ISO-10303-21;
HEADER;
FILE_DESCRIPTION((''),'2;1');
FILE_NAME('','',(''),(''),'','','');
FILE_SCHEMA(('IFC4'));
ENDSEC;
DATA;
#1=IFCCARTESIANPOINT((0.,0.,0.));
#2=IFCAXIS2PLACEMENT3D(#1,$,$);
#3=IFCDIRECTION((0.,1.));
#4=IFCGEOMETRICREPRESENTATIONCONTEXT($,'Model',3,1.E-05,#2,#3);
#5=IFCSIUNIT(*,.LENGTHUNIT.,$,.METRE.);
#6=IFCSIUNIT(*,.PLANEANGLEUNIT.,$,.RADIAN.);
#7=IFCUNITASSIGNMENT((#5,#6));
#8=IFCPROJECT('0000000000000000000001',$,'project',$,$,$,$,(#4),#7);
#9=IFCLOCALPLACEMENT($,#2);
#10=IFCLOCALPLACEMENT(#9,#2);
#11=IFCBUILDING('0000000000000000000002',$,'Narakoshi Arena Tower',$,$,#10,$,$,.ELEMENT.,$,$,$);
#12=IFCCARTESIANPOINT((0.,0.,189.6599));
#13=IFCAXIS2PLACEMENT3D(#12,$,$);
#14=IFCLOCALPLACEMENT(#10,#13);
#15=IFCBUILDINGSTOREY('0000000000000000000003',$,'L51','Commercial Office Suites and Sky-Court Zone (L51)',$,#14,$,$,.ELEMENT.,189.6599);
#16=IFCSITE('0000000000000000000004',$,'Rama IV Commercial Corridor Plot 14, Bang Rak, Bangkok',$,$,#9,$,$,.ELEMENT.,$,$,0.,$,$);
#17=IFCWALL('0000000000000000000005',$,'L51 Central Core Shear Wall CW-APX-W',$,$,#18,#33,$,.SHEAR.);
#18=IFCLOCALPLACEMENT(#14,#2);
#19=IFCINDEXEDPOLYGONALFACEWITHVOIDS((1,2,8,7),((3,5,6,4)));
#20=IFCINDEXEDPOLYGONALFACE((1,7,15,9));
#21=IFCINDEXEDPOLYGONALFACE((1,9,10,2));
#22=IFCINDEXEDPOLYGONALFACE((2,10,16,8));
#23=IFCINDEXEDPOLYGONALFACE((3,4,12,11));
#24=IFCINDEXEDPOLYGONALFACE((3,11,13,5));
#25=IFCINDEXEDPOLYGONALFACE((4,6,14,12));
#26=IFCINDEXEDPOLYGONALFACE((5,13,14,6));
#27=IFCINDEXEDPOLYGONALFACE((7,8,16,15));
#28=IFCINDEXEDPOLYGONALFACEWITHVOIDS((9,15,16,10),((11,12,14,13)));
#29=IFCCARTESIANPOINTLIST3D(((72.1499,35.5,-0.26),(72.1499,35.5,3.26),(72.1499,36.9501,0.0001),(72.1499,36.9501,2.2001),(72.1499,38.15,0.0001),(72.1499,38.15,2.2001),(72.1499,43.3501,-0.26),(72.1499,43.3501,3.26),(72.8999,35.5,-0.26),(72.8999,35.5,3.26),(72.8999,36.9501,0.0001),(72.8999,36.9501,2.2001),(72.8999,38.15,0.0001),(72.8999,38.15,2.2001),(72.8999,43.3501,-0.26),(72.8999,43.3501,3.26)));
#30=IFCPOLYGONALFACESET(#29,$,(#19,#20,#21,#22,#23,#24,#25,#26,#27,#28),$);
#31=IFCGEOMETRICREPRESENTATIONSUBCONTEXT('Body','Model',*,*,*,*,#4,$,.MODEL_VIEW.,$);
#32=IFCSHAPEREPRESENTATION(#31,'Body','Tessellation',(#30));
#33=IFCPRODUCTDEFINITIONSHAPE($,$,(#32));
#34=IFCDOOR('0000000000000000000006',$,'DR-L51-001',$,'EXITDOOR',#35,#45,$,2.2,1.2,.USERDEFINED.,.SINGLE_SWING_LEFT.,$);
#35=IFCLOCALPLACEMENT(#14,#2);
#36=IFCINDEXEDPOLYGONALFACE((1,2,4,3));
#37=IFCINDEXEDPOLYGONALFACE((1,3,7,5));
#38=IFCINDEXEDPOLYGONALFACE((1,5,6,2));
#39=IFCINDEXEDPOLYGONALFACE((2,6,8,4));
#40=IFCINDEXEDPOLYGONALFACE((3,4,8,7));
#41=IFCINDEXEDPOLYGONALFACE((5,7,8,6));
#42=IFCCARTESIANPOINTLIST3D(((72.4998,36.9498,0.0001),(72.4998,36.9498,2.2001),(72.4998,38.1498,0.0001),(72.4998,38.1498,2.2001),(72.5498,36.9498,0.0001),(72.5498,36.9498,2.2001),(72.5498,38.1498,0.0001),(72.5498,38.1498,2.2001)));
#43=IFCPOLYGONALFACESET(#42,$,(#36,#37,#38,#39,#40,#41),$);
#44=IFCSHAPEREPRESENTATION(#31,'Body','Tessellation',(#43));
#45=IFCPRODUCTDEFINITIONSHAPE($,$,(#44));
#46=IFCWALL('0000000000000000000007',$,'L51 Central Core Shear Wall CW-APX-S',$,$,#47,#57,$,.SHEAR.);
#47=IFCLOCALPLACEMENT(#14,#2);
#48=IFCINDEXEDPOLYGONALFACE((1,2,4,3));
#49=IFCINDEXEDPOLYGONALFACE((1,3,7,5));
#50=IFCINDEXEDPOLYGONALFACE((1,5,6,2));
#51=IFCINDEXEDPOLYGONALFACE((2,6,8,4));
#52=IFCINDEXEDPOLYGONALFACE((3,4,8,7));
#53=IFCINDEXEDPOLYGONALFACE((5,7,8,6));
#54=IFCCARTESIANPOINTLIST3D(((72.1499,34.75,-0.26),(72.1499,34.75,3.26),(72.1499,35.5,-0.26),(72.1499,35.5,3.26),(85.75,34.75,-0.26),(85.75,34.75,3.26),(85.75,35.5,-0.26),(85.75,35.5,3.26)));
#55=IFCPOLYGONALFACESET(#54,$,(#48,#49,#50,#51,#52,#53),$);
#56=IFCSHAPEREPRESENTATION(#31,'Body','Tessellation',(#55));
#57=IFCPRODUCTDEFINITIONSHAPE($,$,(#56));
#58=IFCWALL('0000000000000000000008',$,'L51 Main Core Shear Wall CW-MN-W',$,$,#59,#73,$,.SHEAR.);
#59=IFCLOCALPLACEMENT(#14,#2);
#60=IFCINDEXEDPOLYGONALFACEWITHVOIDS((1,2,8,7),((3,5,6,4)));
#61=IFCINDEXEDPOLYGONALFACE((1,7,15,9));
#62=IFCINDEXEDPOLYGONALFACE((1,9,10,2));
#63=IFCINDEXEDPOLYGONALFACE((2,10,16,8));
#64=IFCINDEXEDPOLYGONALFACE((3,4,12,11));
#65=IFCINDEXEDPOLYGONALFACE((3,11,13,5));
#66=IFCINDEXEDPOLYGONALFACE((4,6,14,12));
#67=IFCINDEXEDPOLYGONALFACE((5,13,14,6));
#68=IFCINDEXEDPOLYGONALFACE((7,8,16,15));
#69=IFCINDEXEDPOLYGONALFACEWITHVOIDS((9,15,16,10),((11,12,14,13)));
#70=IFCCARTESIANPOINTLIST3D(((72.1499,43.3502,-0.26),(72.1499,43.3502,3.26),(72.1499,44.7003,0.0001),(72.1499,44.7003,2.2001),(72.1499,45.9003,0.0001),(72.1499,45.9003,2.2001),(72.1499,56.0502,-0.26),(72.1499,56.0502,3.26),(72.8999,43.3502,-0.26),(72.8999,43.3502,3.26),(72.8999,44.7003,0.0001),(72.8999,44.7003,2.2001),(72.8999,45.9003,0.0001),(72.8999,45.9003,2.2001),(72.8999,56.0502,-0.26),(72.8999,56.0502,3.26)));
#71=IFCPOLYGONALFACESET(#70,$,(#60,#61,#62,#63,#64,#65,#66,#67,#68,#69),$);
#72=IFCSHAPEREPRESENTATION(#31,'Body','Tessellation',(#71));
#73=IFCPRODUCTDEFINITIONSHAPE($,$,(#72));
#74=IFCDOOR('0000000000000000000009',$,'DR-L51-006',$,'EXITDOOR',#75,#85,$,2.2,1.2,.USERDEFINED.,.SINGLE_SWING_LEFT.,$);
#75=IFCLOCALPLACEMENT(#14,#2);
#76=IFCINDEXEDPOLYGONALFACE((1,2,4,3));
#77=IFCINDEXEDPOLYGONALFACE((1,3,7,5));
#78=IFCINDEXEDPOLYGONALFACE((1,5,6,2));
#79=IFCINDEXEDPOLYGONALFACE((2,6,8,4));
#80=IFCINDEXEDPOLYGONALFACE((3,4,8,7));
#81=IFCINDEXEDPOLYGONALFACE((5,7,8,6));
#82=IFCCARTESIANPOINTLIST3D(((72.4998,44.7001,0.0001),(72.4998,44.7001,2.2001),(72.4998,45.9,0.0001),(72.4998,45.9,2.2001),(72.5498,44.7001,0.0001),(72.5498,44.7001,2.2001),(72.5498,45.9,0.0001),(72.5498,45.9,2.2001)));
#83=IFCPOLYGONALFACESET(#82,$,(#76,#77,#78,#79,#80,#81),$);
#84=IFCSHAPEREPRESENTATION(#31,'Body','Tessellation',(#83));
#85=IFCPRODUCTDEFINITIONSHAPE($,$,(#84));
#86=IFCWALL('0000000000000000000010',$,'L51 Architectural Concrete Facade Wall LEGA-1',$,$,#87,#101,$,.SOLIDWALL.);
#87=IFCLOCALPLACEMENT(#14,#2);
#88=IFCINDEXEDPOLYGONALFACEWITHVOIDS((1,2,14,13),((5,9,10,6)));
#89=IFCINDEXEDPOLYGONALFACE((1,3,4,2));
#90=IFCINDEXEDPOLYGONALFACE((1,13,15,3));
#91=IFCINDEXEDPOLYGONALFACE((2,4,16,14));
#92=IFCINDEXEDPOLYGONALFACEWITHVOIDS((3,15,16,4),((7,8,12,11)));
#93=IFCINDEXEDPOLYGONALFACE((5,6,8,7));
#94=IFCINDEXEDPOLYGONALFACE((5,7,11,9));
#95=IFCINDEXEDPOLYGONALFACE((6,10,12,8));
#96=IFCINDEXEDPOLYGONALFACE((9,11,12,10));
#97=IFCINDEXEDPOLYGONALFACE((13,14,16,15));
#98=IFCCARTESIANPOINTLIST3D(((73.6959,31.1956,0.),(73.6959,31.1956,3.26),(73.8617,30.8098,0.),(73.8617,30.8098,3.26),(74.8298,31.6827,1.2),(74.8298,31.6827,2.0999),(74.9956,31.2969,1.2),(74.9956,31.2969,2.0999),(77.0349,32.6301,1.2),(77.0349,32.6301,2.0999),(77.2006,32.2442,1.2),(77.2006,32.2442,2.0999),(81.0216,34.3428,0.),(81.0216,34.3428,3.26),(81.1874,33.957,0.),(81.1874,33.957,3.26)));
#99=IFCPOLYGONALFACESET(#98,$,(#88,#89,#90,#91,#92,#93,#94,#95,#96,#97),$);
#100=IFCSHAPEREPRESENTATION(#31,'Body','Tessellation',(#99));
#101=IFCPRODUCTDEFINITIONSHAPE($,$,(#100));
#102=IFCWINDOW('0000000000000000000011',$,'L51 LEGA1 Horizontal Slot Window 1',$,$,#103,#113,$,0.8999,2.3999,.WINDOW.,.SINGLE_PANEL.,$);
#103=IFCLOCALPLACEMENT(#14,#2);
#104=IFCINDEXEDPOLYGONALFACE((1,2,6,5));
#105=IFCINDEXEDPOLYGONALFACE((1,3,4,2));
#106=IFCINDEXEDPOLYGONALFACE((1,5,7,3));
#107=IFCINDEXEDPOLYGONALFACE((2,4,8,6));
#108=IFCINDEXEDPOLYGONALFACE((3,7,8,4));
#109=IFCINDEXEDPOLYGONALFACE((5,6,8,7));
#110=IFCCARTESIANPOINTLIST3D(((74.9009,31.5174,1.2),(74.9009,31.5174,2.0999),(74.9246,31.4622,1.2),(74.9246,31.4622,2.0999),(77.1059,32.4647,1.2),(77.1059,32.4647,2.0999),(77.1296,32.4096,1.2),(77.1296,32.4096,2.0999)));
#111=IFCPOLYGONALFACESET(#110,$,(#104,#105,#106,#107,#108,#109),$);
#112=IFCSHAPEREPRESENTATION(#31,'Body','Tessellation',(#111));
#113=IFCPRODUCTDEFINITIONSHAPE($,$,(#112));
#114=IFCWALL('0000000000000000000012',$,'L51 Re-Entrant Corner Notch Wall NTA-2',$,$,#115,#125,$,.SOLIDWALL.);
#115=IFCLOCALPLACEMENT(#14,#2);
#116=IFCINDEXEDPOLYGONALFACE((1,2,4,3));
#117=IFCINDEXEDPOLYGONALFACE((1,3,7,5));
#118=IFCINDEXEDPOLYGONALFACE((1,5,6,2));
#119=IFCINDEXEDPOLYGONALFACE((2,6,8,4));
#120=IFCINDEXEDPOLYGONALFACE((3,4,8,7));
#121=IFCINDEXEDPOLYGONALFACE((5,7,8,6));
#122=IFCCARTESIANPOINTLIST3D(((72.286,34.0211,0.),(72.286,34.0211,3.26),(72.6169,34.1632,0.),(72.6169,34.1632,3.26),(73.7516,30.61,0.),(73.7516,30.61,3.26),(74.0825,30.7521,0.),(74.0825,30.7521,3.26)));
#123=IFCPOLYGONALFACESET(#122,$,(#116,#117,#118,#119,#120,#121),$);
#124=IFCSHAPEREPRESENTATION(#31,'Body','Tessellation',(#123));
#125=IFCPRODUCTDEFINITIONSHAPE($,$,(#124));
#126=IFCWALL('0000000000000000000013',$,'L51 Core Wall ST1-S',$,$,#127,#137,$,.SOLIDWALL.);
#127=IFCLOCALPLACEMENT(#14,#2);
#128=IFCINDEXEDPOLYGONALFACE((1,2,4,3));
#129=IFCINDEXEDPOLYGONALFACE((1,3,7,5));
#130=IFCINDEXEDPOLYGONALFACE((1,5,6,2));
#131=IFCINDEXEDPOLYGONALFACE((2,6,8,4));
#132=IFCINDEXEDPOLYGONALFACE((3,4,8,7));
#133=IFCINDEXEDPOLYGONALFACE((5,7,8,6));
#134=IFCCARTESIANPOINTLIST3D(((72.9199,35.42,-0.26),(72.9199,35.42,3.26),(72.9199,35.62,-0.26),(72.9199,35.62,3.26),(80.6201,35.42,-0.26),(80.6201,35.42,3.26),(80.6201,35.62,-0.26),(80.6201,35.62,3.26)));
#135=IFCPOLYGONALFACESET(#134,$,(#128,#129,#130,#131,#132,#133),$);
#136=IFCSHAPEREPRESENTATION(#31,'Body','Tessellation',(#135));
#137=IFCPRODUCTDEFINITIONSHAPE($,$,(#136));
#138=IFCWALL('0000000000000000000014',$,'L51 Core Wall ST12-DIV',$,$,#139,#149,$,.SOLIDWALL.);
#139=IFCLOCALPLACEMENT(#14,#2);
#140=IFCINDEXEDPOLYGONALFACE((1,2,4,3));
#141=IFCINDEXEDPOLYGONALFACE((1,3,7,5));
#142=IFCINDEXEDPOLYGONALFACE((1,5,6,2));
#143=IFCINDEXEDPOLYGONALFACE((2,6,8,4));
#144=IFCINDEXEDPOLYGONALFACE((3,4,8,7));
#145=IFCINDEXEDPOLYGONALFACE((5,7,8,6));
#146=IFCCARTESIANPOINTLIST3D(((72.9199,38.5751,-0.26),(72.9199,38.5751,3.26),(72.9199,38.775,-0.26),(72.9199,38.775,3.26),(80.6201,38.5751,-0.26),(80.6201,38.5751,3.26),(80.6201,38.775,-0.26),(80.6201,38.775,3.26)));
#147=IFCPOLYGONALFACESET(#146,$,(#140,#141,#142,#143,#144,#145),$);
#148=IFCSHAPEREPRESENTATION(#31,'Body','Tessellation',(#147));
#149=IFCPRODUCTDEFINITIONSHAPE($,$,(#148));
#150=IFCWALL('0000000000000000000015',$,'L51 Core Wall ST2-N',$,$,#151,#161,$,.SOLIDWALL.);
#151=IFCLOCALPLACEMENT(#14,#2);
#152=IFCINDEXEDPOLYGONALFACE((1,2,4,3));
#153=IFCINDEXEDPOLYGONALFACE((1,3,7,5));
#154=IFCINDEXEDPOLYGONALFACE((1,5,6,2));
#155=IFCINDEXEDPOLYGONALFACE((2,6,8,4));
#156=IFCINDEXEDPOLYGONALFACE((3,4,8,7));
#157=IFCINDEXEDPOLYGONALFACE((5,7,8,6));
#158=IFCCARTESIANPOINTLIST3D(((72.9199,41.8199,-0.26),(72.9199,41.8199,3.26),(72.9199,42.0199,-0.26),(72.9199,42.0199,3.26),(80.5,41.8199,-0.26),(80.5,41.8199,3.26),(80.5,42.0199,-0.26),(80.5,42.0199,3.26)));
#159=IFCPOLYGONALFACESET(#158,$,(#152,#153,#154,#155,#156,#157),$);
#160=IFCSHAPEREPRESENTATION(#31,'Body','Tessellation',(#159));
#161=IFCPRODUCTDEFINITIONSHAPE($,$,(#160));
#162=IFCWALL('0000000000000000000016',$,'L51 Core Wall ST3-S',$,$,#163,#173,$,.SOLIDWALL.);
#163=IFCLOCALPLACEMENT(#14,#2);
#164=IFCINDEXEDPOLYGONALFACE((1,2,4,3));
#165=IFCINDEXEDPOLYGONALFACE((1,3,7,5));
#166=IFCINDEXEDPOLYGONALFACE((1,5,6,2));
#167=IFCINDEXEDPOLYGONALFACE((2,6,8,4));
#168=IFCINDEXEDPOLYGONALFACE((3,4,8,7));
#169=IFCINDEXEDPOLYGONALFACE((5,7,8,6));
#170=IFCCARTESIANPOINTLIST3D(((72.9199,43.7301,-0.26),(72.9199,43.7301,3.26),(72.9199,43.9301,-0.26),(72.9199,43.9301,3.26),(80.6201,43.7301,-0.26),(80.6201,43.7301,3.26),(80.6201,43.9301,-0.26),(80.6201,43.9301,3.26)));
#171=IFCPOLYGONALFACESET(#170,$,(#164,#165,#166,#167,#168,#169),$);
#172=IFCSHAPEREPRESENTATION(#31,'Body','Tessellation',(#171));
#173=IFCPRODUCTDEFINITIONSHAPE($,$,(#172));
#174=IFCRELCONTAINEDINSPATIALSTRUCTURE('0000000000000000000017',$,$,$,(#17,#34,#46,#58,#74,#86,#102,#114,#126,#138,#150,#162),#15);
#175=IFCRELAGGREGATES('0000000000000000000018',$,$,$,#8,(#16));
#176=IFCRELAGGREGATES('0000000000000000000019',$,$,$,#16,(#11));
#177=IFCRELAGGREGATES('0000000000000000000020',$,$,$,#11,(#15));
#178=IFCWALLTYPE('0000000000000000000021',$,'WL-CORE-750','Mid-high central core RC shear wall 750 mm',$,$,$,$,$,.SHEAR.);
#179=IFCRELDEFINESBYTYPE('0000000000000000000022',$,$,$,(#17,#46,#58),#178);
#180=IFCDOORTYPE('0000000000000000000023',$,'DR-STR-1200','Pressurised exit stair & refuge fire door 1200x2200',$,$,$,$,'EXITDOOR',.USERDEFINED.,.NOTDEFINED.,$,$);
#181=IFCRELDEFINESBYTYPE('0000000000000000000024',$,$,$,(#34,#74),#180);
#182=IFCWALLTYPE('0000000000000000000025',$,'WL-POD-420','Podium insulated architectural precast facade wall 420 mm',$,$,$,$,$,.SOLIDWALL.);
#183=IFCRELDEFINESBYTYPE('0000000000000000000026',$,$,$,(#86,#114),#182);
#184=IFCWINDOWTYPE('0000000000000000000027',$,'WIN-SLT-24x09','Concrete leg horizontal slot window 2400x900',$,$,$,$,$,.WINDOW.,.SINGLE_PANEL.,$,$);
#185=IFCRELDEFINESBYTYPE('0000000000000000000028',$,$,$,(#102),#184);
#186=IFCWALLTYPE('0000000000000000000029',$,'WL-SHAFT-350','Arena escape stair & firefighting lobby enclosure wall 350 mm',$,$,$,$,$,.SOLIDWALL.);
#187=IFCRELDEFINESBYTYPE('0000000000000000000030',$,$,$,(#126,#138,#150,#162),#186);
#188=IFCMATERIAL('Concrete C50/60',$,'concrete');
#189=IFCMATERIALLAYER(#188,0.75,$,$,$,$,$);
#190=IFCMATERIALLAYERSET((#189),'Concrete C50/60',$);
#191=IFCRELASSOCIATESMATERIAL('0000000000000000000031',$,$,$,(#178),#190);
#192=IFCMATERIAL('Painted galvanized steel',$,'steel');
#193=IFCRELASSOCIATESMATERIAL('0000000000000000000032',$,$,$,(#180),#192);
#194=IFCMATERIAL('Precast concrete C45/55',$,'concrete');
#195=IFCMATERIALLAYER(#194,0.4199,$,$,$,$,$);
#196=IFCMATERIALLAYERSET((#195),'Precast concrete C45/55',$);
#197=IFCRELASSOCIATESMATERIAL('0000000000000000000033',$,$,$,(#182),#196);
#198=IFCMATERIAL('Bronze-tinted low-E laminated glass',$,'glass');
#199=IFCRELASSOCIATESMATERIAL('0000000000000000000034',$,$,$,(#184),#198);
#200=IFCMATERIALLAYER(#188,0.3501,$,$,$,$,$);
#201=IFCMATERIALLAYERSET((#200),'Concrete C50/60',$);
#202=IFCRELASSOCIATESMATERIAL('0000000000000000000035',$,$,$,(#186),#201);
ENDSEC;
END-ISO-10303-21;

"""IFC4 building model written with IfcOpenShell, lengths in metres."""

from ifc_helpers import new_model, si_unit, direction, frame, frame_2d, origin, place, context, subcontext, project, spatial, rectangle, extrude, material, layer, layer_set, type_object, element, fill, save


model = new_model("IFC4")

# Units and contexts
model_context = context("Model", 3, precision=1e-05, world=origin(), true_north=direction((0.0, 1.0)))
body_context = subcontext(model_context, "Body", "Model", "MODEL_VIEW")
ifc_project = project(units=[si_unit("LENGTHUNIT", "METRE"), si_unit("PLANEANGLEUNIT", "RADIAN")], contexts=[model_context])

# Site, building, storey
site_placement = place(None, origin())
site = spatial("IfcSite", under=ifc_project, at=site_placement, Name="Rama IV Commercial Corridor Plot 14, Bang Rak, Bangkok", CompositionType="ELEMENT", RefElevation=0.0)
building_placement = place(site_placement, origin())
building = spatial("IfcBuilding", under=site, at=building_placement, Name="Narakoshi Arena Tower", CompositionType="ELEMENT")
storey_placement = place(building_placement, frame((0.0, 0.0, 189.6599)))
storey = spatial("IfcBuildingStorey", under=building, at=storey_placement, Name="L51", Description="Commercial Office Suites and Sky-Court Zone (L51)", CompositionType="ELEMENT", Elevation=189.6599)

# Wall, opening, door
ifc_material_1 = material(Name="Concrete C50/60", Category="concrete")
ifc_layer_1 = layer(ifc_material_1, 0.75)
ifc_layer_set_1 = layer_set([ifc_layer_1], Name="Concrete C50/60")
wall_type_1 = type_object("IfcWallType", Name="WL-CORE-750", Description="Mid-high central core RC shear wall 750 mm", PredefinedType="SHEAR", material=ifc_layer_set_1)
wall_1_placement = place(storey_placement, frame((72.5249, 35.5, -0.26), z_axis=(0.0, 0.0, 1.0), x_axis=(0.0, 1.0, 0.0)))
wall_1 = element("IfcWall", 1, at=wall_1_placement, inside=storey, type_object=wall_type_1, Name="L51 Central Core Shear Wall CW-APX-W", PredefinedType="SHEAR", context=body_context, shape_type="SweptSolid", body=[
    extrude(rectangle(XDim=7.8501, YDim=0.75, at=frame_2d((3.925, 0.0))), origin(), (0.0, 0.0, 1.0), 3.52),
])
opening_1_placement = place(wall_1_placement, frame((1.45, 0.0, 0.26)))
opening_1 = element("IfcOpeningElement", 2, at=opening_1_placement, cuts=wall_1, PredefinedType="OPENING", context=body_context, shape_type="SweptSolid", body=[
    extrude(rectangle(XDim=1.2, YDim=2.2, at=frame_2d((0.6001, 1.1001))), frame((0.0, 0.385, 0.0), z_axis=(0.0, -1.0, 0.0), x_axis=(1.0, 0.0, 0.0)), (0.0, 0.0, 1.0), 0.77),
])
ifc_material_2 = material(Name="Painted galvanized steel", Category="steel")
door_type = type_object("IfcDoorType", Name="DR-STR-1200", Description="Pressurised exit stair & refuge fire door 1200x2200", ElementType="EXITDOOR", OperationType="NOTDEFINED", PredefinedType="USERDEFINED", material=ifc_material_2)
door_1_placement = place(opening_1_placement, frame((1.2, 0.0, 0.0), z_axis=(0.0, 0.0, 1.0), x_axis=(-1.0, 0.0, 0.0)))
door_1 = element("IfcDoor", 3, at=door_1_placement, inside=storey, type_object=door_type, Name="DR-L51-001", ObjectType="EXITDOOR", OperationType="SINGLE_SWING_LEFT", OverallHeight=2.2, OverallWidth=1.2, PredefinedType="USERDEFINED", context=body_context, shape_type="SweptSolid", body=[
    extrude(rectangle(XDim=1.2, YDim=2.2, at=frame_2d((0.6001, 1.1001))), frame((0.0, 0.0249, 0.0), z_axis=(0.0, -1.0, 0.0), x_axis=(1.0, 0.0, 0.0)), (0.0, 0.0, 1.0), 0.05),
])
fill(opening_1, door_1)

# Wall
wall_2_placement = place(storey_placement, frame((72.1499, 35.125, -0.26), z_axis=(0.0, 0.0, 1.0), x_axis=(1.0, 0.0, 0.0)))
element("IfcWall", 4, at=wall_2_placement, inside=storey, type_object=wall_type_1, Name="L51 Central Core Shear Wall CW-APX-S", PredefinedType="SHEAR", context=body_context, shape_type="SweptSolid", body=[
    extrude(rectangle(XDim=13.6001, YDim=0.75, at=frame_2d((6.8, 0.0))), origin(), (0.0, 0.0, 1.0), 3.52),
])

# Wall, opening, door
wall_3_placement = place(storey_placement, frame((72.5249, 43.3501, -0.26), z_axis=(0.0, 0.0, 1.0), x_axis=(0.0, 1.0, 0.0)))
wall_3 = element("IfcWall", 5, at=wall_3_placement, inside=storey, type_object=wall_type_1, Name="L51 Main Core Shear Wall CW-MN-W", PredefinedType="SHEAR", context=body_context, shape_type="SweptSolid", body=[
    extrude(rectangle(XDim=12.7, YDim=0.75, at=frame_2d((6.3501, 0.0))), origin(), (0.0, 0.0, 1.0), 3.52),
])
opening_2_placement = place(wall_3_placement, frame((1.3501, 0.0, 0.26)))
opening_2 = element("IfcOpeningElement", 6, at=opening_2_placement, cuts=wall_3, PredefinedType="OPENING", context=body_context, shape_type="SweptSolid", body=[
    extrude(rectangle(XDim=1.2, YDim=2.2, at=frame_2d((0.6001, 1.1001))), frame((0.0, 0.385, 0.0), z_axis=(0.0, -1.0, 0.0), x_axis=(1.0, 0.0, 0.0)), (0.0, 0.0, 1.0), 0.77),
])
door_2_placement = place(opening_2_placement, frame((1.2, 0.0, 0.0), z_axis=(0.0, 0.0, 1.0), x_axis=(-1.0, 0.0, 0.0)))
door_2 = element("IfcDoor", 7, at=door_2_placement, inside=storey, type_object=door_type, Name="DR-L51-006", ObjectType="EXITDOOR", OperationType="SINGLE_SWING_LEFT", OverallHeight=2.2, OverallWidth=1.2, PredefinedType="USERDEFINED", context=body_context, shape_type="SweptSolid", body=[
    extrude(rectangle(XDim=1.2, YDim=2.2, at=frame_2d((0.6001, 1.1001))), frame((0.0, 0.0249, 0.0), z_axis=(0.0, -1.0, 0.0), x_axis=(1.0, 0.0, 0.0)), (0.0, 0.0, 1.0), 0.05),
])
fill(opening_2, door_2)

# Wall, opening, window
ifc_material_3 = material(Name="Precast concrete C45/55", Category="concrete")
ifc_layer_2 = layer(ifc_material_3, 0.4199)
ifc_layer_set_2 = layer_set([ifc_layer_2], Name="Precast concrete C45/55")
wall_type_2 = type_object("IfcWallType", Name="WL-POD-420", Description="Podium insulated architectural precast facade wall 420 mm", PredefinedType="SOLIDWALL", material=ifc_layer_set_2)
wall_4_placement = place(storey_placement, frame((73.7788, 31.0027, 0.0), z_axis=(0.0, 0.0, 1.0), x_axis=(0.918798, 0.394728, 0.0)))
wall_4 = element("IfcWall", 8, at=wall_4_placement, inside=storey, type_object=wall_type_2, Name="L51 Architectural Concrete Facade Wall LEGA-1", PredefinedType="SOLIDWALL", context=body_context, shape_type="SweptSolid", body=[
    extrude(rectangle(XDim=7.9731, YDim=0.4199, at=frame_2d((3.9866, 0.0))), origin(), (0.0, 0.0, 1.0), 3.26),
])
opening_3_placement = place(wall_4_placement, frame((1.2341, 0.0, 1.2)))
opening_3 = element("IfcOpeningElement", 9, at=opening_3_placement, cuts=wall_4, PredefinedType="OPENING", context=body_context, shape_type="SweptSolid", body=[
    extrude(rectangle(XDim=2.3999, YDim=0.8999, at=frame_2d((1.2, 0.45))), frame((0.0, 0.22, 0.0), z_axis=(0.0, -1.0, 0.0), x_axis=(1.0, 0.0, 0.0)), (0.0, 0.0, 1.0), 0.4399),
])
ifc_material_4 = material(Name="Bronze-tinted low-E laminated glass", Category="glass")
window_type = type_object("IfcWindowType", Name="WIN-SLT-24x09", Description="Concrete leg horizontal slot window 2400x900", PartitioningType="SINGLE_PANEL", PredefinedType="WINDOW", material=ifc_material_4)
window_placement = place(opening_3_placement, origin())
window = element("IfcWindow", 10, at=window_placement, inside=storey, type_object=window_type, Name="L51 LEGA1 Horizontal Slot Window 1", OverallHeight=0.8999, OverallWidth=2.3999, PartitioningType="SINGLE_PANEL", PredefinedType="WINDOW", context=body_context, shape_type="SweptSolid", body=[
    extrude(rectangle(XDim=2.3999, YDim=0.8999, at=frame_2d((1.2, 0.45))), frame((0.0, 0.03, 0.0), z_axis=(0.0, -1.0, 0.0), x_axis=(1.0, 0.0, 0.0)), (0.0, 0.0, 1.0), 0.0601),
])
fill(opening_3, window)

# Walls
wall_5_placement = place(storey_placement, frame((72.4514, 34.0923, 0.0), z_axis=(0.0, 0.0, 1.0), x_axis=(0.394752, -0.918788, 0.0)))
element("IfcWall", 11, at=wall_5_placement, inside=storey, type_object=wall_type_2, Name="L51 Re-Entrant Corner Notch Wall NTA-2", PredefinedType="SOLIDWALL", context=body_context, shape_type="SweptSolid", body=[
    extrude(rectangle(XDim=3.7126, YDim=0.3601, at=frame_2d((1.8564, 0.0))), origin(), (0.0, 0.0, 1.0), 3.26),
])
ifc_layer_3 = layer(ifc_material_1, 0.3501)
ifc_layer_set_3 = layer_set([ifc_layer_3], Name="Concrete C50/60")
wall_type_3 = type_object("IfcWallType", Name="WL-SHAFT-350", Description="Arena escape stair & firefighting lobby enclosure wall 350 mm", PredefinedType="SOLIDWALL", material=ifc_layer_set_3)
for number, where, z_axis, x_axis, name in (
    (12, (72.9199, 35.52, -0.26), (0.0, 0.0, 1.0), (1.0, 0.0, 0.0), "L51 Core Wall ST1-S"),
    (13, (72.9199, 38.675, -0.26), (0.0, 0.0, 1.0), (1.0, 0.0, 0.0), "L51 Core Wall ST12-DIV"),
):
    element("IfcWall", number, at=place(storey_placement, frame(where, z_axis=z_axis, x_axis=x_axis)), inside=storey, type_object=wall_type_3, Name=name, PredefinedType="SOLIDWALL", context=body_context, shape_type="SweptSolid", body=[
        extrude(rectangle(XDim=7.7002, YDim=0.2, at=frame_2d((3.8501, 0.0))), origin(), (0.0, 0.0, 1.0), 3.52),
    ])
wall_6_placement = place(storey_placement, frame((72.9199, 41.9199, -0.26), z_axis=(0.0, 0.0, 1.0), x_axis=(1.0, 0.0, 0.0)))
element("IfcWall", 14, at=wall_6_placement, inside=storey, type_object=wall_type_3, Name="L51 Core Wall ST2-N", PredefinedType="SOLIDWALL", context=body_context, shape_type="SweptSolid", body=[
    extrude(rectangle(XDim=7.5801, YDim=0.2, at=frame_2d((3.79, 0.0))), origin(), (0.0, 0.0, 1.0), 3.52),
])
wall_7_placement = place(storey_placement, frame((72.9199, 43.8301, -0.26), z_axis=(0.0, 0.0, 1.0), x_axis=(1.0, 0.0, 0.0)))
element("IfcWall", 15, at=wall_7_placement, inside=storey, type_object=wall_type_3, Name="L51 Core Wall ST3-S", PredefinedType="SOLIDWALL", context=body_context, shape_type="SweptSolid", body=[
    extrude(rectangle(XDim=7.7002, YDim=0.2, at=frame_2d((3.8501, 0.0))), origin(), (0.0, 0.0, 1.0), 3.52),
])

save(model, "model.ifc")
